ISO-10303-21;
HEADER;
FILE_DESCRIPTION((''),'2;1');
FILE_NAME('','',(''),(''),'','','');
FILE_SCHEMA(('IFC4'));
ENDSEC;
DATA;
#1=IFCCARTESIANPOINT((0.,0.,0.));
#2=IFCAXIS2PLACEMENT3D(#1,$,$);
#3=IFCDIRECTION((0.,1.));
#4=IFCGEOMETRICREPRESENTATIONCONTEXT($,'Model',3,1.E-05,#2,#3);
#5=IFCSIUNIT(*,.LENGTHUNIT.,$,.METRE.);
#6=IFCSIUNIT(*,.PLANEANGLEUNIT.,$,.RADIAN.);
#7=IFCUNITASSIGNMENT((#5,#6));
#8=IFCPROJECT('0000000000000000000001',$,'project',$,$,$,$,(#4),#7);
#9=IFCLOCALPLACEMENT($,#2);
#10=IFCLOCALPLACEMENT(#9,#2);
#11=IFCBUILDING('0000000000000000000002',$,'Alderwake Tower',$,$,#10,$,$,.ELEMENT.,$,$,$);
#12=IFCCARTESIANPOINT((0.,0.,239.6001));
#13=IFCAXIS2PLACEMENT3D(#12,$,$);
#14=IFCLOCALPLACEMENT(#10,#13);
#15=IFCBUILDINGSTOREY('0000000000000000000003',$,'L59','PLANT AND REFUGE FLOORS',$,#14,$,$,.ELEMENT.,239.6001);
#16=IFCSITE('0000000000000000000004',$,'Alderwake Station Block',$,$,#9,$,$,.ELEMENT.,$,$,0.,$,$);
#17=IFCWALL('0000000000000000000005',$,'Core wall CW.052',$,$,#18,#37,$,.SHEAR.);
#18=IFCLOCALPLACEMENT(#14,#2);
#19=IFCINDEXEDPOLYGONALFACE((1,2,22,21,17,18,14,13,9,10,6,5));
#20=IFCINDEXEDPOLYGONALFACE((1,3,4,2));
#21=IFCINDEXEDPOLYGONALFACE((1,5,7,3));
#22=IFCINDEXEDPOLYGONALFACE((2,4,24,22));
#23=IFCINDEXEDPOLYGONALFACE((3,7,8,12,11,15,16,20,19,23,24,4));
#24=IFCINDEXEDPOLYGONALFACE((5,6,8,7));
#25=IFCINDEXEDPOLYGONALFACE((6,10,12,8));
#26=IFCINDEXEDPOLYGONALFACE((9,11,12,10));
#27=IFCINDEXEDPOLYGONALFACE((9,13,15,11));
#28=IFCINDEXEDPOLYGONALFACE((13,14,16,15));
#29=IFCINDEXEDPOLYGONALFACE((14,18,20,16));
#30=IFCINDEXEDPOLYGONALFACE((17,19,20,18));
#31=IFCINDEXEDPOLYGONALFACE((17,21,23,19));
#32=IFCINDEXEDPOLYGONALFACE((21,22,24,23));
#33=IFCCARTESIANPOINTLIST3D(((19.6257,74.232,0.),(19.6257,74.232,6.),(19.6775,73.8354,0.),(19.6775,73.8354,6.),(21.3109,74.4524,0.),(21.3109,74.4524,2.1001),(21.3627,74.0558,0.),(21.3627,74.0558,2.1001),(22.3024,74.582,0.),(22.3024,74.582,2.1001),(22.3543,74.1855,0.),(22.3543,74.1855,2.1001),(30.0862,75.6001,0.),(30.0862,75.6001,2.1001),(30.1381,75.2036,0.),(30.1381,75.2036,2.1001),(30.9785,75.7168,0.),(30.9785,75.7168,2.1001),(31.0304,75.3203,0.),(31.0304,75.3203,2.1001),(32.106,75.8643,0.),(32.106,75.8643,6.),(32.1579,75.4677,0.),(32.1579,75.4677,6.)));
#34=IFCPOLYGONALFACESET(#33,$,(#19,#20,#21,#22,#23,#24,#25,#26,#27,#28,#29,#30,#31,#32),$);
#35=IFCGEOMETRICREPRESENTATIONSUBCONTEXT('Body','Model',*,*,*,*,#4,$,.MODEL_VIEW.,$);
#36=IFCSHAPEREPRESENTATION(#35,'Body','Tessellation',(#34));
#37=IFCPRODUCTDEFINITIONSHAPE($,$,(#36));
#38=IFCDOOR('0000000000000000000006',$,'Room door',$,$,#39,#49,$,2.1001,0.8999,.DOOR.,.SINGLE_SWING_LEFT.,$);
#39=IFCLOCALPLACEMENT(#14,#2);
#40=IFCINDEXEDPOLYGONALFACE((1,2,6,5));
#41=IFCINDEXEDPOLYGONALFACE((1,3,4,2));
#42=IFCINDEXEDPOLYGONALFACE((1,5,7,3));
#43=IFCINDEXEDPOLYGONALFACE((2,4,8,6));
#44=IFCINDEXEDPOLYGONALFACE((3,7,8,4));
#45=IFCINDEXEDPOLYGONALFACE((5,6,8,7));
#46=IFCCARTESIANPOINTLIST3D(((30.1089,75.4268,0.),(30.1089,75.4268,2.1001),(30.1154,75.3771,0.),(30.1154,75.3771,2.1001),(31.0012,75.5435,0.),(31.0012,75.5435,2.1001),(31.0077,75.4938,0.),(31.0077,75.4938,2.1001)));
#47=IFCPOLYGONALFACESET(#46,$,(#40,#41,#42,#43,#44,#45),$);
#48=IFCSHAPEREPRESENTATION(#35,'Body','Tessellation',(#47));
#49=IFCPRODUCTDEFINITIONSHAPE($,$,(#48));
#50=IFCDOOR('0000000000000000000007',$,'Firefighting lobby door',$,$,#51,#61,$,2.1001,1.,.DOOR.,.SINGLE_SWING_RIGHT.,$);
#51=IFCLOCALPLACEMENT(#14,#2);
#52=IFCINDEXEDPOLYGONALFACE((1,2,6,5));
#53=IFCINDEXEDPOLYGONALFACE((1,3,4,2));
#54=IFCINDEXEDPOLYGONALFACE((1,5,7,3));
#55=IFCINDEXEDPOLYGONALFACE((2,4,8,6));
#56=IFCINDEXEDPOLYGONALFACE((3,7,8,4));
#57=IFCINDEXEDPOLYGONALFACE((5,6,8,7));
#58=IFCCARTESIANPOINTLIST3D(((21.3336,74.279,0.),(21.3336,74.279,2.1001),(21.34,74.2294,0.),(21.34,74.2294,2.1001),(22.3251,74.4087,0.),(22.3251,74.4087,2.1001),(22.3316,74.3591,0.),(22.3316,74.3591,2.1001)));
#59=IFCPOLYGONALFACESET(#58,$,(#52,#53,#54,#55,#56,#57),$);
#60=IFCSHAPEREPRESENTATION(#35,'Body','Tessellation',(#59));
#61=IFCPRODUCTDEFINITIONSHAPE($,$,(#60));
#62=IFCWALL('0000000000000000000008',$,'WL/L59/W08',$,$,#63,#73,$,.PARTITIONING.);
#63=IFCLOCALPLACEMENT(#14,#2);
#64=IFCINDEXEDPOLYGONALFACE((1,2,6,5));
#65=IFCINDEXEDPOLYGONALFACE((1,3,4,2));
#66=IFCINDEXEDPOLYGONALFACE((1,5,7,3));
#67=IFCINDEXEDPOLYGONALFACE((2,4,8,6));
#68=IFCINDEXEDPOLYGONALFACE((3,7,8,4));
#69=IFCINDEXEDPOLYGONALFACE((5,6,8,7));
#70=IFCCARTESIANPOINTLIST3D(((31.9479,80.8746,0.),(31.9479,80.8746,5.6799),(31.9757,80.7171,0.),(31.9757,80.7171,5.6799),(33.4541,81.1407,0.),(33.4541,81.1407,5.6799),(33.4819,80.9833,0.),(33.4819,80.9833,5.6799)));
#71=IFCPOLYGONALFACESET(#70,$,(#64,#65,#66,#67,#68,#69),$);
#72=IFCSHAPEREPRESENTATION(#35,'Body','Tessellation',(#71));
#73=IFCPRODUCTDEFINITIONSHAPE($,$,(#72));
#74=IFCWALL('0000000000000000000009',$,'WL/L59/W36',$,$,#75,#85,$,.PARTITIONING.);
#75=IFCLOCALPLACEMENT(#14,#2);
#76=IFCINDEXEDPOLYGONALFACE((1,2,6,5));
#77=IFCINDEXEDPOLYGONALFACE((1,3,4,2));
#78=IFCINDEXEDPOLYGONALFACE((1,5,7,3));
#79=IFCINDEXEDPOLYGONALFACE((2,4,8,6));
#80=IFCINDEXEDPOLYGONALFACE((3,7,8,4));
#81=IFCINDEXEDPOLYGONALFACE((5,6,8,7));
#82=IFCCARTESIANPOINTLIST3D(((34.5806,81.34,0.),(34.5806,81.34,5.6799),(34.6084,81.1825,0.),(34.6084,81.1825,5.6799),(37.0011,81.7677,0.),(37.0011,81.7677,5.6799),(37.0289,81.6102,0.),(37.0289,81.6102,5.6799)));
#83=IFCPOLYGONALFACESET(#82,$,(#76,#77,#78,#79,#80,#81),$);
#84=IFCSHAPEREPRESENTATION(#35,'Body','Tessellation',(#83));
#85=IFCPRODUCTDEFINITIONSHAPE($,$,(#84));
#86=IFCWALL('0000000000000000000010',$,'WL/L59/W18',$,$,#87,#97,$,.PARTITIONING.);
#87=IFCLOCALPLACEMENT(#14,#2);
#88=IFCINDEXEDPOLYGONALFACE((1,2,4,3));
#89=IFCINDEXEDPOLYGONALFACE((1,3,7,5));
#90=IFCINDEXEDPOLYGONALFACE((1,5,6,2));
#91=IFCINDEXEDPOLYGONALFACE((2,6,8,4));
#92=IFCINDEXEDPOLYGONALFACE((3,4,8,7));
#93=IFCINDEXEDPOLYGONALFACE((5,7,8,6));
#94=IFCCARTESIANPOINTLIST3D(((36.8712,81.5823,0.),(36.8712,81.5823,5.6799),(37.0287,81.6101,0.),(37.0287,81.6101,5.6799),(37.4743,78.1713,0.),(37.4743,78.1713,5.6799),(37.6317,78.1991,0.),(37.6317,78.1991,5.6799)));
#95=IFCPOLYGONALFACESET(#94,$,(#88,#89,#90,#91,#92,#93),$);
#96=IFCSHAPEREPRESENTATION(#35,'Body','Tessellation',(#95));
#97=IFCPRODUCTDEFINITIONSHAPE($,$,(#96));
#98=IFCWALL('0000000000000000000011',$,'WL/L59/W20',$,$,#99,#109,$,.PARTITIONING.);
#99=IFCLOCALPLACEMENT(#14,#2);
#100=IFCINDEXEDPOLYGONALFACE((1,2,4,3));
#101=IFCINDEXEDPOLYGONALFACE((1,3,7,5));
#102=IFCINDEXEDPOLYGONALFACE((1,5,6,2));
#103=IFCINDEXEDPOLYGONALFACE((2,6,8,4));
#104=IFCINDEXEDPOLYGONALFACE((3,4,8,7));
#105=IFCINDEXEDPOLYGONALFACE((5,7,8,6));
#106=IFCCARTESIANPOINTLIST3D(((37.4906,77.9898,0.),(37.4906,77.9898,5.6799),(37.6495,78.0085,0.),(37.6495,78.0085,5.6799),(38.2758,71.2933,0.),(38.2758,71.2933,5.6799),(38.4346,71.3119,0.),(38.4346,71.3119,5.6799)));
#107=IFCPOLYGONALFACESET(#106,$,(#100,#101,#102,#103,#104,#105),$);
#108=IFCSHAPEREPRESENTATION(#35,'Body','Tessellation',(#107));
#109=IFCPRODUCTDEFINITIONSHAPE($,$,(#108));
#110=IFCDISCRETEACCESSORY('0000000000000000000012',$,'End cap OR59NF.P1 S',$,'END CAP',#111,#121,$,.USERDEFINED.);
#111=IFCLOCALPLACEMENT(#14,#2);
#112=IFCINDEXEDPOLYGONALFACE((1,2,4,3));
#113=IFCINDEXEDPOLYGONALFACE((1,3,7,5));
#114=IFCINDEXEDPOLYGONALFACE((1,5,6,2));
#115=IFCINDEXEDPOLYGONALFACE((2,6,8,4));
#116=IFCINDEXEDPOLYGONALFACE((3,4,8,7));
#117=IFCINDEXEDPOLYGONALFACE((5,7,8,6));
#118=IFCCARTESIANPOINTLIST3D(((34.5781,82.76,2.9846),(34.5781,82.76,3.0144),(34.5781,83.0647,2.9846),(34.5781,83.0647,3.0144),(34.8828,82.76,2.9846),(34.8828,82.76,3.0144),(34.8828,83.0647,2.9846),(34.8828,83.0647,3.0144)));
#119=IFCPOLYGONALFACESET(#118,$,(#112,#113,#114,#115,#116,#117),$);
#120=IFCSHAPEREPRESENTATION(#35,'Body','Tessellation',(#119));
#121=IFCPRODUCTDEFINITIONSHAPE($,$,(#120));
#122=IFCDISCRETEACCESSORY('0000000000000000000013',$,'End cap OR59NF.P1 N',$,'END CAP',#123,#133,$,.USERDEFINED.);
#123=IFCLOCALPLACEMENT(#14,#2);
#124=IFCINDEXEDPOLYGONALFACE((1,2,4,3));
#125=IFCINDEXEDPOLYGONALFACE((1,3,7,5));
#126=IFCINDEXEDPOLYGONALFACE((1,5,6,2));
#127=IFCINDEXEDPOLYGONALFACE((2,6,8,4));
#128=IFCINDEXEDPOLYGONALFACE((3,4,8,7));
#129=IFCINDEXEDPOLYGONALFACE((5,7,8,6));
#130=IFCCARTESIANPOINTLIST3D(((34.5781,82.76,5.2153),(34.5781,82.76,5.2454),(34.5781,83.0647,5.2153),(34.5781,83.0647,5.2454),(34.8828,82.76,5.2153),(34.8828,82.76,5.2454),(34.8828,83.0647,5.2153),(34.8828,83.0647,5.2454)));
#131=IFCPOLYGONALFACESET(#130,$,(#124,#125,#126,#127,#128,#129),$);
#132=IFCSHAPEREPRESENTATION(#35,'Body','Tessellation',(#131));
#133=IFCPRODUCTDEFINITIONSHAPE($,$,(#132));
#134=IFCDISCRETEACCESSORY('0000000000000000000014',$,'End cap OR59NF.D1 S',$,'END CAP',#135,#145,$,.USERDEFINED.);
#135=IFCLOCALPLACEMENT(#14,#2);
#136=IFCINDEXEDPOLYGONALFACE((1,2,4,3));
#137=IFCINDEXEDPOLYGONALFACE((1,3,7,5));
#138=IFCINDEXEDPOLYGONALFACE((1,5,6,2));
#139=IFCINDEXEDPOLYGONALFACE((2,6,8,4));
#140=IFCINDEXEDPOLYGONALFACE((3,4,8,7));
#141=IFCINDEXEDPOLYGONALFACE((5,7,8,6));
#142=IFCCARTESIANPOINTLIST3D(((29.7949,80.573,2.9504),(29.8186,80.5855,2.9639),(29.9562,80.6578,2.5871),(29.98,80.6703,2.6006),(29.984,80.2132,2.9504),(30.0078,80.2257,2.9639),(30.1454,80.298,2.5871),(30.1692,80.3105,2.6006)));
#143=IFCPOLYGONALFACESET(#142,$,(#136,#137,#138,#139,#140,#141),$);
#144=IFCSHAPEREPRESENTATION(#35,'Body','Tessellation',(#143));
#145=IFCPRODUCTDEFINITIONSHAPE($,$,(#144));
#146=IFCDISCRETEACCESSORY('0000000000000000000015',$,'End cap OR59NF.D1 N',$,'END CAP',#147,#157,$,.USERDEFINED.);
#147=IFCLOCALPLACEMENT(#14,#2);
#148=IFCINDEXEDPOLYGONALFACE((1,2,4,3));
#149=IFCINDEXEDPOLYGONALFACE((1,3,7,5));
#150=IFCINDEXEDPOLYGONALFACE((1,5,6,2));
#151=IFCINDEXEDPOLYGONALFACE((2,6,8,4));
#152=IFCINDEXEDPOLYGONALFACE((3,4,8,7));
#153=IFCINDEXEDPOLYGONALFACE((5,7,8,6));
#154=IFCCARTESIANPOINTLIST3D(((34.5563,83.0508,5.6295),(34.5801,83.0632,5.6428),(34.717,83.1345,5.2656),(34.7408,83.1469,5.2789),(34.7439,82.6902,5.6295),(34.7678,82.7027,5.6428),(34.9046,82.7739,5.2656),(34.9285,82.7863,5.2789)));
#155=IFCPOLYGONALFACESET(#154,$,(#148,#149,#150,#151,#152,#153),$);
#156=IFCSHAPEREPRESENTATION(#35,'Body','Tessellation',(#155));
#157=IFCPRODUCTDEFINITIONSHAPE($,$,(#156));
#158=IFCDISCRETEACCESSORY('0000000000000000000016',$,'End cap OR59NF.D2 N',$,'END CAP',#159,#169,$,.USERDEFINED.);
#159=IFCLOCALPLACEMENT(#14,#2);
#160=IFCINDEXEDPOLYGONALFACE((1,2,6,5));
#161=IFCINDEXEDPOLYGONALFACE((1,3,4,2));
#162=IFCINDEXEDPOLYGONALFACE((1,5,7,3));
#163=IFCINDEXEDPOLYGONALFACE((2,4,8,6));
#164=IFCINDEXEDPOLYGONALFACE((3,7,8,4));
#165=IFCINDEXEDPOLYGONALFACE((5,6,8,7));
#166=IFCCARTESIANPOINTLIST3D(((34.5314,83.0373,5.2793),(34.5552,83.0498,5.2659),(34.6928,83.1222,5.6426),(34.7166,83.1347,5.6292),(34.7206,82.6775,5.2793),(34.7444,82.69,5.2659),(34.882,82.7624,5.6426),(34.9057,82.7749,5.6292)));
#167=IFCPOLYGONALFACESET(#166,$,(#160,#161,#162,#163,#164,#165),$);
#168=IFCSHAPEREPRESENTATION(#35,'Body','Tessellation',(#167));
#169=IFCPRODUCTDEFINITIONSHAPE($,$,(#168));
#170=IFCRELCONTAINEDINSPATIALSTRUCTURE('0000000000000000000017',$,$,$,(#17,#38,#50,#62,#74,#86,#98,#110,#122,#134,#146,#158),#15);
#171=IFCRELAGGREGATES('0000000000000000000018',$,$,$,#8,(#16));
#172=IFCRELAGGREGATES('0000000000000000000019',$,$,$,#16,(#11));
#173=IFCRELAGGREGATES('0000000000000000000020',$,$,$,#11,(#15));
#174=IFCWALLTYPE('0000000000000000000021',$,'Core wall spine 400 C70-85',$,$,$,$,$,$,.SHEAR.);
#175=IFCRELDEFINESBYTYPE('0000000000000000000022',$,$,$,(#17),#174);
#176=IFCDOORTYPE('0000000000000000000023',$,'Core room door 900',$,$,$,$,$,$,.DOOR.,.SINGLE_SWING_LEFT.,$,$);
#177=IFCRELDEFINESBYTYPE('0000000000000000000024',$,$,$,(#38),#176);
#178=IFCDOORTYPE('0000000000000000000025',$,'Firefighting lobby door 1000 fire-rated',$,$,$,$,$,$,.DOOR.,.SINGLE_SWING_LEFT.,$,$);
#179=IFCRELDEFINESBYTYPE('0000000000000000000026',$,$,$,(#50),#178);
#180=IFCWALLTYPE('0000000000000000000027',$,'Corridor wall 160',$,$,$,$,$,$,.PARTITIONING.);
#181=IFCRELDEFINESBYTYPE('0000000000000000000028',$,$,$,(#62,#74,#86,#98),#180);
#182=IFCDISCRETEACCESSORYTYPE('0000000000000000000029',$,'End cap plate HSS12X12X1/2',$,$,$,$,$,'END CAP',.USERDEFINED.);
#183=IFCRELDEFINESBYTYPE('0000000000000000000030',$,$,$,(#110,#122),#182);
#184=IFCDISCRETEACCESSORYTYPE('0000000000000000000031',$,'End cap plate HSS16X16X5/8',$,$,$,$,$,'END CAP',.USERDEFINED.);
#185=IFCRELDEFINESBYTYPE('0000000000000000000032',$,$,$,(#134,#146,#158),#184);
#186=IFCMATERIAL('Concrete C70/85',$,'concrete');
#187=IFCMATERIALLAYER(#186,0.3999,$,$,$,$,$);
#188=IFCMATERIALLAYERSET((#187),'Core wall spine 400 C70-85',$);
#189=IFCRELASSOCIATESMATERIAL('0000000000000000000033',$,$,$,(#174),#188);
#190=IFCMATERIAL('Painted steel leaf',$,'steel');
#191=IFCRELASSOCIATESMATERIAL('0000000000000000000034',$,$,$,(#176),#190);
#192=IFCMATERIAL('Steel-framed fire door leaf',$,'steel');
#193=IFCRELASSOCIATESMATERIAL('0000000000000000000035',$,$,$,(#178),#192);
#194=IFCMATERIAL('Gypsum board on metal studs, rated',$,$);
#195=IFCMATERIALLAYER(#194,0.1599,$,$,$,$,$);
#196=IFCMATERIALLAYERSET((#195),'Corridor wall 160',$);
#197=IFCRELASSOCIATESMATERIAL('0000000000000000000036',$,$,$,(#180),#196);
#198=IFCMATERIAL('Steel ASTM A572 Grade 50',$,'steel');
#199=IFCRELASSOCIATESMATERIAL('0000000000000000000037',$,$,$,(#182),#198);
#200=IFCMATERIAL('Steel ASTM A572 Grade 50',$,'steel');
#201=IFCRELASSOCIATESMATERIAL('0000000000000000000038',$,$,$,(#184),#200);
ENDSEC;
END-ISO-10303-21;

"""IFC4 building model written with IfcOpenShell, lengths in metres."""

from ifc_helpers import new_model, si_unit, direction, frame, frame_2d, origin, origin_2d, place, context, subcontext, project, spatial, rectangle, extrude, material, layer, layer_set, material_profile, profile_set, type_object, element, fill, save


model = new_model("IFC4")

# Units and contexts
model_context = context("Model", 3, precision=1e-05, world=origin(), true_north=direction((0.0, 1.0)))
body_context = subcontext(model_context, "Body", "Model", "MODEL_VIEW")
ifc_project = project(units=[si_unit("LENGTHUNIT", "METRE"), si_unit("PLANEANGLEUNIT", "RADIAN")], contexts=[model_context])

# Site, building, storey
site_placement = place(None, origin())
site = spatial("IfcSite", under=ifc_project, at=site_placement, Name="Alderwake Station Block", CompositionType="ELEMENT", RefElevation=0.0)
building_placement = place(site_placement, origin())
building = spatial("IfcBuilding", under=site, at=building_placement, Name="Alderwake Tower", CompositionType="ELEMENT")
storey_placement = place(building_placement, frame((0.0, 0.0, 239.6001)))
storey = spatial("IfcBuildingStorey", under=building, at=storey_placement, Name="L59", Description="PLANT AND REFUGE FLOORS", CompositionType="ELEMENT", Elevation=239.6001)

# Wall, openings, doors
ifc_material_1 = material(Name="Concrete C70/85", Category="concrete")
ifc_layer_1 = layer(ifc_material_1, 0.3999)
ifc_layer_set_1 = layer_set([ifc_layer_1], Name="Core wall spine 400 C70-85")
wall_type_1 = type_object("IfcWallType", Name="Core wall spine 400 C70-85", PredefinedType="SHEAR", material=ifc_layer_set_1)
wall_1_placement = place(storey_placement, frame((32.1321, 75.666, 0.0), z_axis=(0.0, 0.0, 1.0), x_axis=(-0.991555, -0.129686, 0.0)))
wall_1 = element("IfcWall", 1, at=wall_1_placement, inside=storey, type_object=wall_type_1, Name="Core wall CW.052", PredefinedType="SHEAR", context=body_context, shape_type="SweptSolid", body=[
    extrude(rectangle(XDim=12.5867, YDim=0.3999, at=frame_2d((6.2935, 0.0))), origin(), (0.0, 0.0, 1.0), 6.0),
])
opening_1_placement = place(wall_1_placement, frame((9.8872, 0.0, 0.0)))
opening_1 = element("IfcOpeningElement", 2, at=opening_1_placement, cuts=wall_1, PredefinedType="OPENING", context=body_context, shape_type="SweptSolid", body=[
    extrude(rectangle(XDim=1.0, YDim=2.1001, at=frame_2d((0.5, 1.05))), frame((0.0, 0.21, 0.0), z_axis=(0.0, -1.0, 0.0), x_axis=(1.0, 0.0, 0.0)), (0.0, 0.0, 1.0), 0.4199),
])
opening_2_placement = place(wall_1_placement, frame((1.1372, 0.0, 0.0)))
opening_2 = element("IfcOpeningElement", 3, at=opening_2_placement, cuts=wall_1, PredefinedType="OPENING", context=body_context, shape_type="SweptSolid", body=[
    extrude(rectangle(XDim=0.8999, YDim=2.1001, at=frame_2d((0.45, 1.05))), frame((0.0, 0.21, 0.0), z_axis=(0.0, -1.0, 0.0), x_axis=(1.0, 0.0, 0.0)), (0.0, 0.0, 1.0), 0.4199),
])
ifc_material_2 = material(Name="Painted steel leaf", Category="steel")
door_type_1 = type_object("IfcDoorType", Name="Core room door 900", OperationType="SINGLE_SWING_LEFT", PredefinedType="DOOR", material=ifc_material_2)
door_1_placement = place(opening_2_placement, origin())
door_1 = element("IfcDoor", 4, at=door_1_placement, inside=storey, type_object=door_type_1, Name="Room door", OperationType="SINGLE_SWING_LEFT", OverallHeight=2.1001, OverallWidth=0.8999, PredefinedType="DOOR", context=body_context, shape_type="SweptSolid", body=[
    extrude(rectangle(XDim=0.8999, YDim=2.1001, at=frame_2d((0.45, 1.05))), frame((0.0, 0.0249, 0.0), z_axis=(0.0, -1.0, 0.0), x_axis=(1.0, 0.0, 0.0)), (0.0, 0.0, 1.0), 0.05),
])
fill(opening_2, door_1)
ifc_material_3 = material(Name="Steel-framed fire door leaf", Category="steel")
door_type_2 = type_object("IfcDoorType", Name="Firefighting lobby door 1000 fire-rated", OperationType="SINGLE_SWING_LEFT", PredefinedType="DOOR", material=ifc_material_3)
door_2_placement = place(opening_1_placement, origin())
door_2 = element("IfcDoor", 5, at=door_2_placement, inside=storey, type_object=door_type_2, Name="Firefighting lobby door", OperationType="SINGLE_SWING_RIGHT", OverallHeight=2.1001, OverallWidth=1.0, PredefinedType="DOOR", context=body_context, shape_type="SweptSolid", body=[
    extrude(rectangle(XDim=1.0, YDim=2.1001, at=frame_2d((0.5, 1.05))), frame((0.0, 0.0249, 0.0), z_axis=(0.0, -1.0, 0.0), x_axis=(1.0, 0.0, 0.0)), (0.0, 0.0, 1.0), 0.05),
])
fill(opening_1, door_2)

# Walls
ifc_material_4 = material(Name="Gypsum board on metal studs, rated")
ifc_layer_2 = layer(ifc_material_4, 0.1599)
ifc_layer_set_2 = layer_set([ifc_layer_2], Name="Corridor wall 160")
wall_type_2 = type_object("IfcWallType", Name="Corridor wall 160", PredefinedType="PARTITIONING", material=ifc_layer_set_2)
wall_2_placement = place(storey_placement, frame((31.9619, 80.7959, 0.0), z_axis=(0.0, 0.0, 1.0), x_axis=(0.984747, 0.173995, 0.0)))
element("IfcWall", 6, at=wall_2_placement, inside=storey, type_object=wall_type_2, Name="WL/L59/W08", PredefinedType="PARTITIONING", context=body_context, shape_type="SweptSolid", body=[
    extrude(rectangle(XDim=1.5295, YDim=0.1599, at=frame_2d((0.7646, 0.0))), origin(), (0.0, 0.0, 1.0), 5.6799),
])
wall_3_placement = place(storey_placement, frame((34.5945, 81.2612, 0.0), z_axis=(0.0, 0.0, 1.0), x_axis=(0.984742, 0.174023, 0.0)))
element("IfcWall", 7, at=wall_3_placement, inside=storey, type_object=wall_type_2, Name="WL/L59/W36", PredefinedType="PARTITIONING", context=body_context, shape_type="SweptSolid", body=[
    extrude(rectangle(XDim=2.458, YDim=0.1599, at=frame_2d((1.229, 0.0))), origin(), (0.0, 0.0, 1.0), 5.6799),
])
wall_4_placement = place(storey_placement, frame((36.95, 81.5962, 0.0), z_axis=(0.0, 0.0, 1.0), x_axis=(0.174095, -0.984729, 0.0)))
element("IfcWall", 8, at=wall_4_placement, inside=storey, type_object=wall_type_2, Name="WL/L59/W18", PredefinedType="PARTITIONING", context=body_context, shape_type="SweptSolid", body=[
    extrude(rectangle(XDim=3.4639, YDim=0.1599, at=frame_2d((1.7319, 0.0))), origin(), (0.0, 0.0, 1.0), 5.6799),
])
wall_5_placement = place(storey_placement, frame((37.5701, 77.999, 0.0), z_axis=(0.0, 0.0, 1.0), x_axis=(0.11645, -0.993197, 0.0)))
element("IfcWall", 9, at=wall_5_placement, inside=storey, type_object=wall_type_2, Name="WL/L59/W20", PredefinedType="PARTITIONING", context=body_context, shape_type="SweptSolid", body=[
    extrude(rectangle(XDim=6.7424, YDim=0.1599, at=frame_2d((3.3711, 0.0))), origin(), (0.0, 0.0, 1.0), 5.6799),
])

# Discrete accessories
ifc_material_5 = material(Name="Steel ASTM A572 Grade 50", Category="steel")
ifc_material_profile_1 = material_profile(ifc_material_5, rectangle(XDim=0.3047, YDim=0.3047, at=origin_2d()), Name="HSS12X12X1/2 cap")
ifc_profile_set_1 = profile_set([ifc_material_profile_1], Name="Steel ASTM A572 Grade 50")
discrete_accessory_type_1 = type_object("IfcDiscreteAccessoryType", Name="End cap plate HSS12X12X1/2", ElementType="END CAP", PredefinedType="USERDEFINED", material=ifc_profile_set_1)
discrete_accessory_1_placement = place(storey_placement, frame((34.7305, 82.9124, 3.0144), z_axis=(0.0, 0.0, -1.0), x_axis=(1.0, 0.0, 0.0)))
element("IfcDiscreteAccessory", 10, at=discrete_accessory_1_placement, inside=storey, type_object=discrete_accessory_type_1, Name="End cap OR59NF.P1 S", ObjectType="END CAP", PredefinedType="USERDEFINED", context=body_context, shape_type="SweptSolid", body=[
    extrude(rectangle(XDim=0.3047, YDim=0.3047, at=origin_2d()), origin(), (0.0, 0.0, 1.0), 0.0298),
])
discrete_accessory_2_placement = place(storey_placement, frame((34.7305, 82.9124, 5.2153), z_axis=(0.0, 0.0, 1.0), x_axis=(1.0, 0.0, 0.0)))
element("IfcDiscreteAccessory", 11, at=discrete_accessory_2_placement, inside=storey, type_object=discrete_accessory_type_1, Name="End cap OR59NF.P1 N", ObjectType="END CAP", PredefinedType="USERDEFINED", context=body_context, shape_type="SweptSolid", body=[
    extrude(rectangle(XDim=0.3047, YDim=0.3047, at=origin_2d()), origin(), (0.0, 0.0, 1.0), 0.03),
])
ifc_material_6 = material(Name="Steel ASTM A572 Grade 50", Category="steel")
ifc_material_profile_2 = material_profile(ifc_material_6, rectangle(XDim=0.4065, YDim=0.4065, at=origin_2d()), Name="HSS16X16X5/8 cap")
ifc_profile_set_2 = profile_set([ifc_material_profile_2], Name="Steel ASTM A572 Grade 50")
discrete_accessory_type_2 = type_object("IfcDiscreteAccessoryType", Name="End cap plate HSS16X16X5/8", ElementType="END CAP", PredefinedType="USERDEFINED", material=ifc_profile_set_2)
for number, where, z_axis, x_axis, name in (
    (12, (29.9939, 80.448, 2.7822), (-0.791079, -0.415928, -0.44855), (0.46537, -0.885116, 0.0), "End cap OR59NF.D1 S"),
    (13, (34.7305, 82.9124, 5.4475), (0.794102, 0.413257, 0.445669), (-0.461638, 0.887069, 0.0), "End cap OR59NF.D1 N"),
    (14, (34.7305, 82.9124, 5.4475), (-0.791079, -0.415928, 0.44855), (0.46537, -0.885116, 0.0), "End cap OR59NF.D2 N"),
):
    element("IfcDiscreteAccessory", number, at=place(storey_placement, frame(where, z_axis=z_axis, x_axis=x_axis)), inside=storey, type_object=discrete_accessory_type_2, Name=name, ObjectType="END CAP", PredefinedType="USERDEFINED", context=body_context, shape_type="SweptSolid", body=[
        extrude(rectangle(XDim=0.4065, YDim=0.4065, at=origin_2d()), origin(), (0.0, 0.0, 1.0), 0.03),
    ])

save(model, "model.ifc")
